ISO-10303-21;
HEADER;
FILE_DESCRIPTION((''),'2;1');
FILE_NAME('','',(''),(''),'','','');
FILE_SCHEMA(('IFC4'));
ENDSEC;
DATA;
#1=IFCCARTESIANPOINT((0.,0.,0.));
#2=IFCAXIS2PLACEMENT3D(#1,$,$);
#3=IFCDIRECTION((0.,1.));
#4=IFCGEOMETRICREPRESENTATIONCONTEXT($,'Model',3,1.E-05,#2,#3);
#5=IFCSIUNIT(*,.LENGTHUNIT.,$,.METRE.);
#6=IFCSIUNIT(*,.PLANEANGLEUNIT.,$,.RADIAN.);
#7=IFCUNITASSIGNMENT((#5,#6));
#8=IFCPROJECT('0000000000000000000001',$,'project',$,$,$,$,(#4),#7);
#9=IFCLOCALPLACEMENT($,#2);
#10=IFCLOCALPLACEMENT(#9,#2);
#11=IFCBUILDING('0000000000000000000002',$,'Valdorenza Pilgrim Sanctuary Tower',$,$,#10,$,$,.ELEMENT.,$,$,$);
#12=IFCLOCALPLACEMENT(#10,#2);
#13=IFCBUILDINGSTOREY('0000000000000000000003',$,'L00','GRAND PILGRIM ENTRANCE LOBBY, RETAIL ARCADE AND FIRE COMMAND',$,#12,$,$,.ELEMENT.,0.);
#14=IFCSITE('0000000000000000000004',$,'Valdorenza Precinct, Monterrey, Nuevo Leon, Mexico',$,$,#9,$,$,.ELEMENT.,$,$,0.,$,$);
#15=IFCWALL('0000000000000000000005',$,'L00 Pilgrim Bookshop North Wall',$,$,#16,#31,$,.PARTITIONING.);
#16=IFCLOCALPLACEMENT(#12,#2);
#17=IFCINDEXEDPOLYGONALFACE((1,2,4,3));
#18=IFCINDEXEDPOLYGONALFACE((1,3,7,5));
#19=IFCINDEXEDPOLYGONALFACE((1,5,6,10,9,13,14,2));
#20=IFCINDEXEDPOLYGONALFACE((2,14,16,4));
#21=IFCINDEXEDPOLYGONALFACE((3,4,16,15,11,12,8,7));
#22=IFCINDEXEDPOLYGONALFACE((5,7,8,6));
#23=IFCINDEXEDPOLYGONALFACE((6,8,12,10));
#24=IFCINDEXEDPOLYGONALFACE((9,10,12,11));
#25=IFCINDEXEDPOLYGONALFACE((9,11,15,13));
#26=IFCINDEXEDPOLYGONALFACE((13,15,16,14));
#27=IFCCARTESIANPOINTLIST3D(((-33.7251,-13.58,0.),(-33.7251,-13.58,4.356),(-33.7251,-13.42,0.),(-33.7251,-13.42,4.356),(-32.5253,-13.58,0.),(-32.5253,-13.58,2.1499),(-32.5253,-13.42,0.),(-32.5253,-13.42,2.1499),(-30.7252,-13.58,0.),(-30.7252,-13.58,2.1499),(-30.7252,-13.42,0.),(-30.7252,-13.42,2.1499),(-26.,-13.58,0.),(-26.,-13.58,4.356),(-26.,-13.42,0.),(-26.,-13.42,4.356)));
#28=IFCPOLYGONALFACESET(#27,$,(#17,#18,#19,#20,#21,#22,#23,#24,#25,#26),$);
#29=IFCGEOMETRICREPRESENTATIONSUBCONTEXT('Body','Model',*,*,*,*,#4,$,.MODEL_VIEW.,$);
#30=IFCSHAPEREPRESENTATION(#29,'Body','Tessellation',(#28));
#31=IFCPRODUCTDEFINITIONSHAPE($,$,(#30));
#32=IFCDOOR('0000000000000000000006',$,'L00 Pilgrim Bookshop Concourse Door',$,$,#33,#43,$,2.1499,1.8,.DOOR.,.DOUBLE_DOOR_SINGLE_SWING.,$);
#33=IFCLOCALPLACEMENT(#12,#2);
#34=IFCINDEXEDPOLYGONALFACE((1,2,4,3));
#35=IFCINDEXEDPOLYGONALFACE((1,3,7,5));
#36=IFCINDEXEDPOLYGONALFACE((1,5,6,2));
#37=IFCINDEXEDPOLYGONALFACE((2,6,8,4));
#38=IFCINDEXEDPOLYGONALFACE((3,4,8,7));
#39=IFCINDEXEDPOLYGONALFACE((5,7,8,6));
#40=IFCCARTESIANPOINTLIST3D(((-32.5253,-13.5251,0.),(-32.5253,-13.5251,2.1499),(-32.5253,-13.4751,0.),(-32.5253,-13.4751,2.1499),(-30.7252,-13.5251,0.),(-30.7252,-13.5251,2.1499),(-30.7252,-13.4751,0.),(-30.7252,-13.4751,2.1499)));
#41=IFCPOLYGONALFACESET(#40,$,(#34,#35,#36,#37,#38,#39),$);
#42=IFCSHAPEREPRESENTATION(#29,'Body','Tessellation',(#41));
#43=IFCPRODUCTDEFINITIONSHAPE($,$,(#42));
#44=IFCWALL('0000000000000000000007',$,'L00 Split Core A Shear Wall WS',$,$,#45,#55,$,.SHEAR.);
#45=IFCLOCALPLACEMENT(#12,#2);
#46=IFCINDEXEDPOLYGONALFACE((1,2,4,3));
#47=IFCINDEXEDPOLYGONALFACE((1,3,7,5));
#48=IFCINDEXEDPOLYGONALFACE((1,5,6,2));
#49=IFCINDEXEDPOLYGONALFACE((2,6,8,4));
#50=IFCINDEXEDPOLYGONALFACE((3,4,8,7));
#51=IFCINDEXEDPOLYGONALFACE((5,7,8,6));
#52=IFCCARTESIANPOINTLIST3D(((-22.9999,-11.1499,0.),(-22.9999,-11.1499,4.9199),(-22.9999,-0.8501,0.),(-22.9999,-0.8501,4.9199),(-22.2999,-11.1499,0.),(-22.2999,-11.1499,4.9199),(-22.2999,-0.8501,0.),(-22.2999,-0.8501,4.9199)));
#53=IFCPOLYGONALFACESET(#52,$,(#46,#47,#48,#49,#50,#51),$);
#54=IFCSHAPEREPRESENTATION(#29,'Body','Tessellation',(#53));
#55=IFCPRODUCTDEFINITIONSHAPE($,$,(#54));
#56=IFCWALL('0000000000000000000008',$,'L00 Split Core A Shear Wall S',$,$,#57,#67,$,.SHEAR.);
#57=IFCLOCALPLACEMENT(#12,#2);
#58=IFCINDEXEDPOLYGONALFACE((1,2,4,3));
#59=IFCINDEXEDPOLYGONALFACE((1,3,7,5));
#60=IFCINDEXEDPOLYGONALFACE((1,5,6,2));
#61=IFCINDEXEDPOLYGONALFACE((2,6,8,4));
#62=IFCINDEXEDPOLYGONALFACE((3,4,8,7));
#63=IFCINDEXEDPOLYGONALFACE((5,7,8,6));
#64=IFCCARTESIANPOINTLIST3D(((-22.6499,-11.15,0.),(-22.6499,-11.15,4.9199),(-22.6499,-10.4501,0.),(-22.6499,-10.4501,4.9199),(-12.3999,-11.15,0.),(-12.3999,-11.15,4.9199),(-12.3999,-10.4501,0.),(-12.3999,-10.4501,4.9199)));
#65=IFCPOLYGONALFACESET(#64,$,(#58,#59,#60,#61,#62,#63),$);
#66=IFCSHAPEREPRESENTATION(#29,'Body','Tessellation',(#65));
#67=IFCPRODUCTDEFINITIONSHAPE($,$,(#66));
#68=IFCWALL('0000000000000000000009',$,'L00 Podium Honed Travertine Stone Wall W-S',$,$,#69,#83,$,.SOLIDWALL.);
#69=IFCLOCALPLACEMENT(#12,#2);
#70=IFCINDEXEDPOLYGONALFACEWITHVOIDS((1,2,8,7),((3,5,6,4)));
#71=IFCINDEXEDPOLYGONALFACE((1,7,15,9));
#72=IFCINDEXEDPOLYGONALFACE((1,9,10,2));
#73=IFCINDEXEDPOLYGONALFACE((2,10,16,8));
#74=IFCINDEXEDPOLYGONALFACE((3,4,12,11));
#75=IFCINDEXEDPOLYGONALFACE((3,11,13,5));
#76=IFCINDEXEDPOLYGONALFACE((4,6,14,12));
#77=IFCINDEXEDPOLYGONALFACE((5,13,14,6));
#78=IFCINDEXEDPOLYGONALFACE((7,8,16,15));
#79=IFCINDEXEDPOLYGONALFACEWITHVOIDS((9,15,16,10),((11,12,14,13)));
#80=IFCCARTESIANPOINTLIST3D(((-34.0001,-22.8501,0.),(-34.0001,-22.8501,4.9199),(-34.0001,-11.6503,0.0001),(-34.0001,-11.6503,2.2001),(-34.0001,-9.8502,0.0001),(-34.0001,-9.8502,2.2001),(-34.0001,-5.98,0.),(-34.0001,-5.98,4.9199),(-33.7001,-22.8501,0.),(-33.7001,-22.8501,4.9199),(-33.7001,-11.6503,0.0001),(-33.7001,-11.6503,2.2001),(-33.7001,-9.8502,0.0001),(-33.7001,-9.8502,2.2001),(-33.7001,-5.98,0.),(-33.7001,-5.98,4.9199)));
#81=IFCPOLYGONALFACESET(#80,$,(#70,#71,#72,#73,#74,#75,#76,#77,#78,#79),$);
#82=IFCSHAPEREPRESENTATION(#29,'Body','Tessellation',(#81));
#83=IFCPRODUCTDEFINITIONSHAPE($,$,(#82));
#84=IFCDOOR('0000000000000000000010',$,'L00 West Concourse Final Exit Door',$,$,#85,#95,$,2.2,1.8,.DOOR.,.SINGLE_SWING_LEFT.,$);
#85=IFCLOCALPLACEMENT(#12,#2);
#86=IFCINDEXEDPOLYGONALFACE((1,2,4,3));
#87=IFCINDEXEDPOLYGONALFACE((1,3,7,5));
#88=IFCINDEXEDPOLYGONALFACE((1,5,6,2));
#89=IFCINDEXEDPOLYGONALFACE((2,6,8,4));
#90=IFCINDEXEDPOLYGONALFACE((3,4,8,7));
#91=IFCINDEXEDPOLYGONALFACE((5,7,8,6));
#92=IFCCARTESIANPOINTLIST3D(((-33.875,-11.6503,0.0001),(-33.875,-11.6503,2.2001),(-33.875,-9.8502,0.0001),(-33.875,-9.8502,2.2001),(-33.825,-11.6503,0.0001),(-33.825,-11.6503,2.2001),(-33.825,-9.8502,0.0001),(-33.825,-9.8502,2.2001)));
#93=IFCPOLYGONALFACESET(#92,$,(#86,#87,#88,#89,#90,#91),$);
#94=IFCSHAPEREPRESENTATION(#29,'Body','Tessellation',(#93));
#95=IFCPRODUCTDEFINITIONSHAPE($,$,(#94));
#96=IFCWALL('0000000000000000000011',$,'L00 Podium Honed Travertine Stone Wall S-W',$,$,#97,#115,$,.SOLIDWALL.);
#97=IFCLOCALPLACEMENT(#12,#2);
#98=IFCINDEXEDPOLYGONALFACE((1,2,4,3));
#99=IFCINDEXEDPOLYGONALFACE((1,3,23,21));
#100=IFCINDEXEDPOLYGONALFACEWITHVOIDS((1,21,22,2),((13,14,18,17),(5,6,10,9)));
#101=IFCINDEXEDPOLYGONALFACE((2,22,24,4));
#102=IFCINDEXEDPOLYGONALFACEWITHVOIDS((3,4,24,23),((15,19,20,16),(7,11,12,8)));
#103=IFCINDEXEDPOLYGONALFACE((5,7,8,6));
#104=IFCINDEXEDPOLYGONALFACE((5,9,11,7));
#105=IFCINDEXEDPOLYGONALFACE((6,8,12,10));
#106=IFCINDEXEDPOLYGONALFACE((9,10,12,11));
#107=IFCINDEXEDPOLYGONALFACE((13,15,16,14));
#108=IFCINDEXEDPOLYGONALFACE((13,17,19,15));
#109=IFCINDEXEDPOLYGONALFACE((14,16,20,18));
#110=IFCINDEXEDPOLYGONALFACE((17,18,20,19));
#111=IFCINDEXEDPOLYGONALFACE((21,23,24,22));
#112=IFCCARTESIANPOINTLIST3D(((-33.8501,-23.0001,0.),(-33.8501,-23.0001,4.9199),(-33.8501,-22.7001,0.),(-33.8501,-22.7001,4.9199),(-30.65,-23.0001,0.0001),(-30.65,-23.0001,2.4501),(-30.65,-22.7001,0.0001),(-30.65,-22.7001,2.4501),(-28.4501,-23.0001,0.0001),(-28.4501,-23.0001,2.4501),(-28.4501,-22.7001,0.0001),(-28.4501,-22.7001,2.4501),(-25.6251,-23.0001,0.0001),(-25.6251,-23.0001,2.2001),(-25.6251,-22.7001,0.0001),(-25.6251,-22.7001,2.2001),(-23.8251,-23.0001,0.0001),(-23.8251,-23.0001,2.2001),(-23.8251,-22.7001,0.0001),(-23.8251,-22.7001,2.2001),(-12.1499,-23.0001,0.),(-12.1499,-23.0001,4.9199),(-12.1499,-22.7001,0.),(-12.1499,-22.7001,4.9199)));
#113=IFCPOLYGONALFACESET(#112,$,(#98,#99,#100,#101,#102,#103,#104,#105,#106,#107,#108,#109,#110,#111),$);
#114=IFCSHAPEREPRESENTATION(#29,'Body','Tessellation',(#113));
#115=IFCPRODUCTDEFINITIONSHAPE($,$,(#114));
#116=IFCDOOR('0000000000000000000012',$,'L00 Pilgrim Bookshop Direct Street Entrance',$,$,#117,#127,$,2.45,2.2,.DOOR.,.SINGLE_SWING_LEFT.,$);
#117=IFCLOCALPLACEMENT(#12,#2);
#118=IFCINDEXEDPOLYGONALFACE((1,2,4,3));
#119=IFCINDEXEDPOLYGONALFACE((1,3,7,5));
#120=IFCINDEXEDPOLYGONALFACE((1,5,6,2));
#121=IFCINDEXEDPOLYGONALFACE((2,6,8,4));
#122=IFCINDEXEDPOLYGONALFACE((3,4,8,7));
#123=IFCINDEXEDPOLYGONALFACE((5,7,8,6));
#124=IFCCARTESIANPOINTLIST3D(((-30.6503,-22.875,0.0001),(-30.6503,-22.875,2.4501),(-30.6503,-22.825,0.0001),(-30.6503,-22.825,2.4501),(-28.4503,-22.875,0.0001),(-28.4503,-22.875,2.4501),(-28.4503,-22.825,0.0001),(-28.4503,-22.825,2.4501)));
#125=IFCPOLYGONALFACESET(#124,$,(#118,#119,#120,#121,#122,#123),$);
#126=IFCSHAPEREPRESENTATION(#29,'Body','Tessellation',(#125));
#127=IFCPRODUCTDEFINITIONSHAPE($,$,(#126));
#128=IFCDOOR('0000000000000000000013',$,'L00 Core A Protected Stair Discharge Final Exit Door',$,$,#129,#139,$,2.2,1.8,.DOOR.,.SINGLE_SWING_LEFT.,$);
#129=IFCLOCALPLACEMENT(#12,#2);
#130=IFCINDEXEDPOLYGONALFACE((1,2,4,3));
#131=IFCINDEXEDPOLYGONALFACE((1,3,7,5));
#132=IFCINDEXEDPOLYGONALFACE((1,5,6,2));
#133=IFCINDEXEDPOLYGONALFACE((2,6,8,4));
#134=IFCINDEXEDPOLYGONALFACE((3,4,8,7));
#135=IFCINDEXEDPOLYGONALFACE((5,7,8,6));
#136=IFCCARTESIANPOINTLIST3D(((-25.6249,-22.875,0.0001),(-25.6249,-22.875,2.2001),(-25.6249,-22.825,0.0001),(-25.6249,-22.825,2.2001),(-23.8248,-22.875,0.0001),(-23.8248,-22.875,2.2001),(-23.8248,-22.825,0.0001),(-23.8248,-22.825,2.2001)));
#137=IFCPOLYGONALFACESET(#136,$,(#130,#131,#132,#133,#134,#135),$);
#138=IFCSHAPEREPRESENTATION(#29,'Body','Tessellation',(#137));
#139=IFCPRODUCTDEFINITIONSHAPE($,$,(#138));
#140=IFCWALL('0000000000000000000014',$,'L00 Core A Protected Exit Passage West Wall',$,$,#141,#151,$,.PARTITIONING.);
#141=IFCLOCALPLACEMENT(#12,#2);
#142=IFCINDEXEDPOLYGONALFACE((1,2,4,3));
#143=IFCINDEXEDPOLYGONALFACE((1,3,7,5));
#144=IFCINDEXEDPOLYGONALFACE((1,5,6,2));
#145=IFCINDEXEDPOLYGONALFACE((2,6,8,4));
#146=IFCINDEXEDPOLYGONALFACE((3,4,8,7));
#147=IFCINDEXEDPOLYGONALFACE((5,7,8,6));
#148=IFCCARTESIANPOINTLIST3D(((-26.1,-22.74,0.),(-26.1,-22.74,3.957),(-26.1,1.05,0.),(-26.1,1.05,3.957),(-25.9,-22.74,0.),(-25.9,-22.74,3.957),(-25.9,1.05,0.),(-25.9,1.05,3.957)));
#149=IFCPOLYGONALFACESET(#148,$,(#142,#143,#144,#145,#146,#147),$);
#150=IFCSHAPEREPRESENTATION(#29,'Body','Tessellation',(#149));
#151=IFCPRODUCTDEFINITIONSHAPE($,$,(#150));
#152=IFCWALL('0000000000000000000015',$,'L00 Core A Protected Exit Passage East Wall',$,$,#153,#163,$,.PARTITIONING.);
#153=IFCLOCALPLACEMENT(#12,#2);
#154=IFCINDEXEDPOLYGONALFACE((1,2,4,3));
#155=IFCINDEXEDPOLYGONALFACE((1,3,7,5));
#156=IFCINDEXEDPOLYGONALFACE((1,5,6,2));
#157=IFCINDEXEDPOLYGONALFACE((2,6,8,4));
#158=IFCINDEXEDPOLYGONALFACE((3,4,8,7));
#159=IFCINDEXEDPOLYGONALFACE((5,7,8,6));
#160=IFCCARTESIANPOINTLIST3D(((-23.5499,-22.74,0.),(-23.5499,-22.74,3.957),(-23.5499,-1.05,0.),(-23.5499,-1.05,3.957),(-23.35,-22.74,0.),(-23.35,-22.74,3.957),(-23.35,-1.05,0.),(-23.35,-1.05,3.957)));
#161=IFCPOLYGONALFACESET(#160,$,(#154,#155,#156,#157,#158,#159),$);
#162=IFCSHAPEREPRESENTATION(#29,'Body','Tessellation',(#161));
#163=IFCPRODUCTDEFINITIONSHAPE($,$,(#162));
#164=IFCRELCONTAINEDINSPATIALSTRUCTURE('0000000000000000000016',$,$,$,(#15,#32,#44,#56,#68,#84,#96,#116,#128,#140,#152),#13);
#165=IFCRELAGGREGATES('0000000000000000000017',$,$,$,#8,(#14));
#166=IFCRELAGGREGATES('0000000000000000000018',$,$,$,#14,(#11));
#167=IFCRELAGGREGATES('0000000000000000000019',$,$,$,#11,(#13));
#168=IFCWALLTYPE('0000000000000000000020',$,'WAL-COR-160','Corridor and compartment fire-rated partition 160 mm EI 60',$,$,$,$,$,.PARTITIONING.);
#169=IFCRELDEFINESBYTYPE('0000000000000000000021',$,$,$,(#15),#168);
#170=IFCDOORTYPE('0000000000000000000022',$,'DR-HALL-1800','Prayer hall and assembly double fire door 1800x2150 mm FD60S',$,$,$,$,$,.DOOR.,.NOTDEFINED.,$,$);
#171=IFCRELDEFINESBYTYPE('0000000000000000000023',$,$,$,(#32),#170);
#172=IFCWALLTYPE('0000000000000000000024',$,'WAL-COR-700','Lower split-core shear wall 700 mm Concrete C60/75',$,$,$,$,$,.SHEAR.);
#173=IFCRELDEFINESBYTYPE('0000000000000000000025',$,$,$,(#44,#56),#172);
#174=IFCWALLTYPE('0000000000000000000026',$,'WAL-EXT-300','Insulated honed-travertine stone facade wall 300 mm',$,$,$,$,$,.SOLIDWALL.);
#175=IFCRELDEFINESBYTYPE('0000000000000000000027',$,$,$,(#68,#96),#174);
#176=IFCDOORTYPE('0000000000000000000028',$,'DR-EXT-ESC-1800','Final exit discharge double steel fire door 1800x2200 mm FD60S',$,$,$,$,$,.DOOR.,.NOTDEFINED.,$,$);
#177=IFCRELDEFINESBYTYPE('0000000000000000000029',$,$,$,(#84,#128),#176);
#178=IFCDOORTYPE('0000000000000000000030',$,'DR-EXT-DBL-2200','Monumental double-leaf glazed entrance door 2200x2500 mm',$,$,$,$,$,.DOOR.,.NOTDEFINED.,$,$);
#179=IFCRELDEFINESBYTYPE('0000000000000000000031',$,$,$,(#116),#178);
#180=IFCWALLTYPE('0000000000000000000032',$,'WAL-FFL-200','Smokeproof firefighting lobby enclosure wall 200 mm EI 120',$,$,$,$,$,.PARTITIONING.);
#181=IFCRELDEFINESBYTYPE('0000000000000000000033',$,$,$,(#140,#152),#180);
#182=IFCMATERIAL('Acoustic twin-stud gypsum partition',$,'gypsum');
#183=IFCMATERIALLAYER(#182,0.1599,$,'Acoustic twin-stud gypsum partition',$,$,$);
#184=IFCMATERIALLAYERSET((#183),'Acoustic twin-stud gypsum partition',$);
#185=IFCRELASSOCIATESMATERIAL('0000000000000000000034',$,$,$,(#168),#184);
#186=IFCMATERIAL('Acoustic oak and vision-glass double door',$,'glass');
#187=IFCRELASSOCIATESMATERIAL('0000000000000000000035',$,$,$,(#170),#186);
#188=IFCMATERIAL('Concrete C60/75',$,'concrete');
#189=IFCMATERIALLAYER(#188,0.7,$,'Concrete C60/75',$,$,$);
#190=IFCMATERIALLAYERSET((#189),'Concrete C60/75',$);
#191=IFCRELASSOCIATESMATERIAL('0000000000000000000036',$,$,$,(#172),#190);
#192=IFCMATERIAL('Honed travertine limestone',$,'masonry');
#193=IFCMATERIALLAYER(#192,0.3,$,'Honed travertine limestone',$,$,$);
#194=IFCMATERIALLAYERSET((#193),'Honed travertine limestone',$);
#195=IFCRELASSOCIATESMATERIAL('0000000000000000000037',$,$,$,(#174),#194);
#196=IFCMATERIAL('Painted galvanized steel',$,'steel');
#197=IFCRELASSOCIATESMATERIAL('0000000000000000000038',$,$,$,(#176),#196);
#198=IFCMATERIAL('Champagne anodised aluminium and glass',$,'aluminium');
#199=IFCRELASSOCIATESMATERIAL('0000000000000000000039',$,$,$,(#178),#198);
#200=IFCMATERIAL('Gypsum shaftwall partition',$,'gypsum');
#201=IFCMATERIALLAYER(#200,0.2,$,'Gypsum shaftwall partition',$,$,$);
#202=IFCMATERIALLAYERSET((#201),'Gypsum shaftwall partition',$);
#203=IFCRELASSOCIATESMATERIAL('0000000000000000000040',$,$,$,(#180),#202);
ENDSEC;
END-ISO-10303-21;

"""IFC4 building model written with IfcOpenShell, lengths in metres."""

from ifc_helpers import new_model, si_unit, direction, frame, frame_2d, origin, place, context, subcontext, project, spatial, rectangle, extrude, material, layer, layer_set, type_object, element, fill, save


model = new_model("IFC4")

# Units and contexts
model_context = context("Model", 3, precision=1e-05, world=origin(), true_north=direction((0.0, 1.0)))
body_context = subcontext(model_context, "Body", "Model", "MODEL_VIEW")
ifc_project = project(units=[si_unit("LENGTHUNIT", "METRE"), si_unit("PLANEANGLEUNIT", "RADIAN")], contexts=[model_context])

# Site, building, storey
site_placement = place(None, origin())
site = spatial("IfcSite", under=ifc_project, at=site_placement, Name="Valdorenza Precinct, Monterrey, Nuevo Leon, Mexico", CompositionType="ELEMENT", RefElevation=0.0)
building_placement = place(site_placement, origin())
building = spatial("IfcBuilding", under=site, at=building_placement, Name="Valdorenza Pilgrim Sanctuary Tower", CompositionType="ELEMENT")
storey_placement = place(building_placement, origin())
storey = spatial("IfcBuildingStorey", under=building, at=storey_placement, Name="L00", Description="GRAND PILGRIM ENTRANCE LOBBY, RETAIL ARCADE AND FIRE COMMAND", CompositionType="ELEMENT", Elevation=0.0)

# Shared definitions
ifc_material_1 = material(Name="Concrete C60/75", Category="concrete")

# Wall, opening, door
ifc_material_2 = material(Name="Acoustic twin-stud gypsum partition", Category="gypsum")
ifc_layer_1 = layer(ifc_material_2, 0.1599, Name="Acoustic twin-stud gypsum partition")
ifc_layer_set_1 = layer_set([ifc_layer_1], Name="Acoustic twin-stud gypsum partition")
wall_type_1 = type_object("IfcWallType", Name="WAL-COR-160", Description="Corridor and compartment fire-rated partition 160 mm EI 60", PredefinedType="PARTITIONING", material=ifc_layer_set_1)
wall_1_placement = place(storey_placement, frame((-33.7251, -13.5, 0.0), z_axis=(0.0, 0.0, 1.0), x_axis=(1.0, 0.0, 0.0)))
wall_1 = element("IfcWall", 1, at=wall_1_placement, inside=storey, type_object=wall_type_1, Name="L00 Pilgrim Bookshop North Wall", PredefinedType="PARTITIONING", context=body_context, shape_type="SweptSolid", body=[
    extrude(rectangle(XDim=7.7251, YDim=0.1599, at=frame_2d((3.8625, 0.0))), origin(), (0.0, 0.0, 1.0), 4.356),
])
opening_1_placement = place(wall_1_placement, frame((1.2, 0.0, 0.0)))
opening_1 = element("IfcOpeningElement", 2, at=opening_1_placement, cuts=wall_1, PredefinedType="OPENING", context=body_context, shape_type="SweptSolid", body=[
    extrude(rectangle(XDim=1.8, YDim=2.1499, at=frame_2d((0.8999, 1.075))), frame((0.0, 0.0947, 0.0), z_axis=(0.0, -1.0, 0.0), x_axis=(1.0, 0.0, 0.0)), (0.0, 0.0, 1.0), 0.1897),
])
ifc_material_3 = material(Name="Acoustic oak and vision-glass double door", Category="glass")
door_type_1 = type_object("IfcDoorType", Name="DR-HALL-1800", Description="Prayer hall and assembly double fire door 1800x2150 mm FD60S", OperationType="NOTDEFINED", PredefinedType="DOOR", material=ifc_material_3)
door_1_placement = place(opening_1_placement, origin())
door_1 = element("IfcDoor", 3, at=door_1_placement, inside=storey, type_object=door_type_1, Name="L00 Pilgrim Bookshop Concourse Door", OperationType="DOUBLE_DOOR_SINGLE_SWING", OverallHeight=2.1499, OverallWidth=1.8, PredefinedType="DOOR", context=body_context, shape_type="SweptSolid", body=[
    extrude(rectangle(XDim=1.8, YDim=2.1499, at=frame_2d((0.8999, 1.075))), frame((0.0, 0.0249, 0.0), z_axis=(0.0, -1.0, 0.0), x_axis=(1.0, 0.0, 0.0)), (0.0, 0.0, 1.0), 0.05),
])
fill(opening_1, door_1)

# Walls
ifc_layer_2 = layer(ifc_material_1, 0.7, Name="Concrete C60/75")
ifc_layer_set_2 = layer_set([ifc_layer_2], Name="Concrete C60/75")
wall_type_2 = type_object("IfcWallType", Name="WAL-COR-700", Description="Lower split-core shear wall 700 mm Concrete C60/75", PredefinedType="SHEAR", material=ifc_layer_set_2)
wall_2_placement = place(storey_placement, frame((-22.6499, -11.1499, 0.0), z_axis=(0.0, 0.0, 1.0), x_axis=(0.0, 1.0, 0.0)))
element("IfcWall", 4, at=wall_2_placement, inside=storey, type_object=wall_type_2, Name="L00 Split Core A Shear Wall WS", PredefinedType="SHEAR", context=body_context, shape_type="SweptSolid", body=[
    extrude(rectangle(XDim=10.2998, YDim=0.7, at=frame_2d((5.1499, 0.0))), origin(), (0.0, 0.0, 1.0), 4.9199),
])
wall_3_placement = place(storey_placement, frame((-22.6499, -10.8, 0.0), z_axis=(0.0, 0.0, 1.0), x_axis=(1.0, 0.0, 0.0)))
element("IfcWall", 5, at=wall_3_placement, inside=storey, type_object=wall_type_2, Name="L00 Split Core A Shear Wall S", PredefinedType="SHEAR", context=body_context, shape_type="SweptSolid", body=[
    extrude(rectangle(XDim=10.25, YDim=0.7, at=frame_2d((5.125, 0.0))), origin(), (0.0, 0.0, 1.0), 4.9199),
])

# Wall, opening, door
ifc_material_4 = material(Name="Honed travertine limestone", Category="masonry")
ifc_layer_3 = layer(ifc_material_4, 0.3, Name="Honed travertine limestone")
ifc_layer_set_3 = layer_set([ifc_layer_3], Name="Honed travertine limestone")
wall_type_3 = type_object("IfcWallType", Name="WAL-EXT-300", Description="Insulated honed-travertine stone facade wall 300 mm", PredefinedType="SOLIDWALL", material=ifc_layer_set_3)
wall_4_placement = place(storey_placement, frame((-33.8501, -22.8501, 0.0), z_axis=(0.0, 0.0, 1.0), x_axis=(0.0, 1.0, 0.0)))
wall_4 = element("IfcWall", 6, at=wall_4_placement, inside=storey, type_object=wall_type_3, Name="L00 Podium Honed Travertine Stone Wall W-S", PredefinedType="SOLIDWALL", context=body_context, shape_type="SweptSolid", body=[
    extrude(rectangle(XDim=16.8701, YDim=0.3, at=frame_2d((8.4351, 0.0))), origin(), (0.0, 0.0, 1.0), 4.9199),
])
opening_2_placement = place(wall_4_placement, frame((11.2, 0.0, 0.0)))
opening_2 = element("IfcOpeningElement", 7, at=opening_2_placement, cuts=wall_4, PredefinedType="OPENING", context=body_context, shape_type="SweptSolid", body=[
    extrude(rectangle(XDim=1.8, YDim=2.2, at=frame_2d((0.8999, 1.1001))), frame((0.0, 0.165, 0.0), z_axis=(0.0, -1.0, 0.0), x_axis=(1.0, 0.0, 0.0)), (0.0, 0.0, 1.0), 0.3298),
])
ifc_material_5 = material(Name="Painted galvanized steel", Category="steel")
door_type_2 = type_object("IfcDoorType", Name="DR-EXT-ESC-1800", Description="Final exit discharge double steel fire door 1800x2200 mm FD60S", OperationType="NOTDEFINED", PredefinedType="DOOR", material=ifc_material_5)
door_2_placement = place(opening_2_placement, origin())
door_2 = element("IfcDoor", 8, at=door_2_placement, inside=storey, type_object=door_type_2, Name="L00 West Concourse Final Exit Door", OperationType="SINGLE_SWING_LEFT", OverallHeight=2.2, OverallWidth=1.8, PredefinedType="DOOR", context=body_context, shape_type="SweptSolid", body=[
    extrude(rectangle(XDim=1.8, YDim=2.2, at=frame_2d((0.8999, 1.1001))), frame((0.0, 0.0249, 0.0), z_axis=(0.0, -1.0, 0.0), x_axis=(1.0, 0.0, 0.0)), (0.0, 0.0, 1.0), 0.05),
])
fill(opening_2, door_2)

# Wall, openings, doors
wall_5_placement = place(storey_placement, frame((-33.8501, -22.8501, 0.0), z_axis=(0.0, 0.0, 1.0), x_axis=(1.0, 0.0, 0.0)))
wall_5 = element("IfcWall", 9, at=wall_5_placement, inside=storey, type_object=wall_type_3, Name="L00 Podium Honed Travertine Stone Wall S-W", PredefinedType="SOLIDWALL", context=body_context, shape_type="SweptSolid", body=[
    extrude(rectangle(XDim=21.7002, YDim=0.3, at=frame_2d((10.8501, 0.0))), origin(), (0.0, 0.0, 1.0), 4.9199),
])
opening_3_placement = place(wall_5_placement, frame((3.2, 0.0, 0.0)))
opening_3 = element("IfcOpeningElement", 10, at=opening_3_placement, cuts=wall_5, PredefinedType="OPENING", context=body_context, shape_type="SweptSolid", body=[
    extrude(rectangle(XDim=2.2, YDim=2.45, at=frame_2d((1.1001, 1.2251))), frame((0.0, 0.165, 0.0), z_axis=(0.0, -1.0, 0.0), x_axis=(1.0, 0.0, 0.0)), (0.0, 0.0, 1.0), 0.3298),
])
opening_4_placement = place(wall_5_placement, frame((8.2251, 0.0, 0.0)))
opening_4 = element("IfcOpeningElement", 11, at=opening_4_placement, cuts=wall_5, PredefinedType="OPENING", context=body_context, shape_type="SweptSolid", body=[
    extrude(rectangle(XDim=1.8, YDim=2.2, at=frame_2d((0.8999, 1.1001))), frame((0.0, 0.165, 0.0), z_axis=(0.0, -1.0, 0.0), x_axis=(1.0, 0.0, 0.0)), (0.0, 0.0, 1.0), 0.3298),
])
ifc_material_6 = material(Name="Champagne anodised aluminium and glass", Category="aluminium")
door_type_3 = type_object("IfcDoorType", Name="DR-EXT-DBL-2200", Description="Monumental double-leaf glazed entrance door 2200x2500 mm", OperationType="NOTDEFINED", PredefinedType="DOOR", material=ifc_material_6)
door_3_placement = place(opening_3_placement, frame((2.2, 0.0, 0.0), z_axis=(0.0, 0.0, 1.0), x_axis=(-1.0, 0.0, 0.0)))
door_3 = element("IfcDoor", 12, at=door_3_placement, inside=storey, type_object=door_type_3, Name="L00 Pilgrim Bookshop Direct Street Entrance", OperationType="SINGLE_SWING_LEFT", OverallHeight=2.45, OverallWidth=2.2, PredefinedType="DOOR", context=body_context, shape_type="SweptSolid", body=[
    extrude(rectangle(XDim=2.2, YDim=2.45, at=frame_2d((1.1001, 1.2251))), frame((0.0, 0.0249, 0.0), z_axis=(0.0, -1.0, 0.0), x_axis=(1.0, 0.0, 0.0)), (0.0, 0.0, 1.0), 0.05),
])
fill(opening_3, door_3)
door_4_placement = place(opening_4_placement, frame((1.8, 0.0, 0.0), z_axis=(0.0, 0.0, 1.0), x_axis=(-1.0, 0.0, 0.0)))
door_4 = element("IfcDoor", 13, at=door_4_placement, inside=storey, type_object=door_type_2, Name="L00 Core A Protected Stair Discharge Final Exit Door", OperationType="SINGLE_SWING_LEFT", OverallHeight=2.2, OverallWidth=1.8, PredefinedType="DOOR", context=body_context, shape_type="SweptSolid", body=[
    extrude(rectangle(XDim=1.8, YDim=2.2, at=frame_2d((0.8999, 1.1001))), frame((0.0, 0.0249, 0.0), z_axis=(0.0, -1.0, 0.0), x_axis=(1.0, 0.0, 0.0)), (0.0, 0.0, 1.0), 0.05),
])
fill(opening_4, door_4)

# Walls
ifc_material_7 = material(Name="Gypsum shaftwall partition", Category="gypsum")
ifc_layer_4 = layer(ifc_material_7, 0.2, Name="Gypsum shaftwall partition")
ifc_layer_set_4 = layer_set([ifc_layer_4], Name="Gypsum shaftwall partition")
wall_type_4 = type_object("IfcWallType", Name="WAL-FFL-200", Description="Smokeproof firefighting lobby enclosure wall 200 mm EI 120", PredefinedType="PARTITIONING", material=ifc_layer_set_4)
wall_6_placement = place(storey_placement, frame((-26.0, -22.74, 0.0), z_axis=(0.0, 0.0, 1.0), x_axis=(0.0, 1.0, 0.0)))
element("IfcWall", 14, at=wall_6_placement, inside=storey, type_object=wall_type_4, Name="L00 Core A Protected Exit Passage West Wall", PredefinedType="PARTITIONING", context=body_context, shape_type="SweptSolid", body=[
    extrude(rectangle(XDim=23.79, YDim=0.2, at=frame_2d((11.895, 0.0))), origin(), (0.0, 0.0, 1.0), 3.957),
])
wall_7_placement = place(storey_placement, frame((-23.45, -22.74, 0.0), z_axis=(0.0, 0.0, 1.0), x_axis=(0.0, 1.0, 0.0)))
element("IfcWall", 15, at=wall_7_placement, inside=storey, type_object=wall_type_4, Name="L00 Core A Protected Exit Passage East Wall", PredefinedType="PARTITIONING", context=body_context, shape_type="SweptSolid", body=[
    extrude(rectangle(XDim=21.6899, YDim=0.2, at=frame_2d((10.845, 0.0))), origin(), (0.0, 0.0, 1.0), 3.957),
])

save(model, "model.ifc")
